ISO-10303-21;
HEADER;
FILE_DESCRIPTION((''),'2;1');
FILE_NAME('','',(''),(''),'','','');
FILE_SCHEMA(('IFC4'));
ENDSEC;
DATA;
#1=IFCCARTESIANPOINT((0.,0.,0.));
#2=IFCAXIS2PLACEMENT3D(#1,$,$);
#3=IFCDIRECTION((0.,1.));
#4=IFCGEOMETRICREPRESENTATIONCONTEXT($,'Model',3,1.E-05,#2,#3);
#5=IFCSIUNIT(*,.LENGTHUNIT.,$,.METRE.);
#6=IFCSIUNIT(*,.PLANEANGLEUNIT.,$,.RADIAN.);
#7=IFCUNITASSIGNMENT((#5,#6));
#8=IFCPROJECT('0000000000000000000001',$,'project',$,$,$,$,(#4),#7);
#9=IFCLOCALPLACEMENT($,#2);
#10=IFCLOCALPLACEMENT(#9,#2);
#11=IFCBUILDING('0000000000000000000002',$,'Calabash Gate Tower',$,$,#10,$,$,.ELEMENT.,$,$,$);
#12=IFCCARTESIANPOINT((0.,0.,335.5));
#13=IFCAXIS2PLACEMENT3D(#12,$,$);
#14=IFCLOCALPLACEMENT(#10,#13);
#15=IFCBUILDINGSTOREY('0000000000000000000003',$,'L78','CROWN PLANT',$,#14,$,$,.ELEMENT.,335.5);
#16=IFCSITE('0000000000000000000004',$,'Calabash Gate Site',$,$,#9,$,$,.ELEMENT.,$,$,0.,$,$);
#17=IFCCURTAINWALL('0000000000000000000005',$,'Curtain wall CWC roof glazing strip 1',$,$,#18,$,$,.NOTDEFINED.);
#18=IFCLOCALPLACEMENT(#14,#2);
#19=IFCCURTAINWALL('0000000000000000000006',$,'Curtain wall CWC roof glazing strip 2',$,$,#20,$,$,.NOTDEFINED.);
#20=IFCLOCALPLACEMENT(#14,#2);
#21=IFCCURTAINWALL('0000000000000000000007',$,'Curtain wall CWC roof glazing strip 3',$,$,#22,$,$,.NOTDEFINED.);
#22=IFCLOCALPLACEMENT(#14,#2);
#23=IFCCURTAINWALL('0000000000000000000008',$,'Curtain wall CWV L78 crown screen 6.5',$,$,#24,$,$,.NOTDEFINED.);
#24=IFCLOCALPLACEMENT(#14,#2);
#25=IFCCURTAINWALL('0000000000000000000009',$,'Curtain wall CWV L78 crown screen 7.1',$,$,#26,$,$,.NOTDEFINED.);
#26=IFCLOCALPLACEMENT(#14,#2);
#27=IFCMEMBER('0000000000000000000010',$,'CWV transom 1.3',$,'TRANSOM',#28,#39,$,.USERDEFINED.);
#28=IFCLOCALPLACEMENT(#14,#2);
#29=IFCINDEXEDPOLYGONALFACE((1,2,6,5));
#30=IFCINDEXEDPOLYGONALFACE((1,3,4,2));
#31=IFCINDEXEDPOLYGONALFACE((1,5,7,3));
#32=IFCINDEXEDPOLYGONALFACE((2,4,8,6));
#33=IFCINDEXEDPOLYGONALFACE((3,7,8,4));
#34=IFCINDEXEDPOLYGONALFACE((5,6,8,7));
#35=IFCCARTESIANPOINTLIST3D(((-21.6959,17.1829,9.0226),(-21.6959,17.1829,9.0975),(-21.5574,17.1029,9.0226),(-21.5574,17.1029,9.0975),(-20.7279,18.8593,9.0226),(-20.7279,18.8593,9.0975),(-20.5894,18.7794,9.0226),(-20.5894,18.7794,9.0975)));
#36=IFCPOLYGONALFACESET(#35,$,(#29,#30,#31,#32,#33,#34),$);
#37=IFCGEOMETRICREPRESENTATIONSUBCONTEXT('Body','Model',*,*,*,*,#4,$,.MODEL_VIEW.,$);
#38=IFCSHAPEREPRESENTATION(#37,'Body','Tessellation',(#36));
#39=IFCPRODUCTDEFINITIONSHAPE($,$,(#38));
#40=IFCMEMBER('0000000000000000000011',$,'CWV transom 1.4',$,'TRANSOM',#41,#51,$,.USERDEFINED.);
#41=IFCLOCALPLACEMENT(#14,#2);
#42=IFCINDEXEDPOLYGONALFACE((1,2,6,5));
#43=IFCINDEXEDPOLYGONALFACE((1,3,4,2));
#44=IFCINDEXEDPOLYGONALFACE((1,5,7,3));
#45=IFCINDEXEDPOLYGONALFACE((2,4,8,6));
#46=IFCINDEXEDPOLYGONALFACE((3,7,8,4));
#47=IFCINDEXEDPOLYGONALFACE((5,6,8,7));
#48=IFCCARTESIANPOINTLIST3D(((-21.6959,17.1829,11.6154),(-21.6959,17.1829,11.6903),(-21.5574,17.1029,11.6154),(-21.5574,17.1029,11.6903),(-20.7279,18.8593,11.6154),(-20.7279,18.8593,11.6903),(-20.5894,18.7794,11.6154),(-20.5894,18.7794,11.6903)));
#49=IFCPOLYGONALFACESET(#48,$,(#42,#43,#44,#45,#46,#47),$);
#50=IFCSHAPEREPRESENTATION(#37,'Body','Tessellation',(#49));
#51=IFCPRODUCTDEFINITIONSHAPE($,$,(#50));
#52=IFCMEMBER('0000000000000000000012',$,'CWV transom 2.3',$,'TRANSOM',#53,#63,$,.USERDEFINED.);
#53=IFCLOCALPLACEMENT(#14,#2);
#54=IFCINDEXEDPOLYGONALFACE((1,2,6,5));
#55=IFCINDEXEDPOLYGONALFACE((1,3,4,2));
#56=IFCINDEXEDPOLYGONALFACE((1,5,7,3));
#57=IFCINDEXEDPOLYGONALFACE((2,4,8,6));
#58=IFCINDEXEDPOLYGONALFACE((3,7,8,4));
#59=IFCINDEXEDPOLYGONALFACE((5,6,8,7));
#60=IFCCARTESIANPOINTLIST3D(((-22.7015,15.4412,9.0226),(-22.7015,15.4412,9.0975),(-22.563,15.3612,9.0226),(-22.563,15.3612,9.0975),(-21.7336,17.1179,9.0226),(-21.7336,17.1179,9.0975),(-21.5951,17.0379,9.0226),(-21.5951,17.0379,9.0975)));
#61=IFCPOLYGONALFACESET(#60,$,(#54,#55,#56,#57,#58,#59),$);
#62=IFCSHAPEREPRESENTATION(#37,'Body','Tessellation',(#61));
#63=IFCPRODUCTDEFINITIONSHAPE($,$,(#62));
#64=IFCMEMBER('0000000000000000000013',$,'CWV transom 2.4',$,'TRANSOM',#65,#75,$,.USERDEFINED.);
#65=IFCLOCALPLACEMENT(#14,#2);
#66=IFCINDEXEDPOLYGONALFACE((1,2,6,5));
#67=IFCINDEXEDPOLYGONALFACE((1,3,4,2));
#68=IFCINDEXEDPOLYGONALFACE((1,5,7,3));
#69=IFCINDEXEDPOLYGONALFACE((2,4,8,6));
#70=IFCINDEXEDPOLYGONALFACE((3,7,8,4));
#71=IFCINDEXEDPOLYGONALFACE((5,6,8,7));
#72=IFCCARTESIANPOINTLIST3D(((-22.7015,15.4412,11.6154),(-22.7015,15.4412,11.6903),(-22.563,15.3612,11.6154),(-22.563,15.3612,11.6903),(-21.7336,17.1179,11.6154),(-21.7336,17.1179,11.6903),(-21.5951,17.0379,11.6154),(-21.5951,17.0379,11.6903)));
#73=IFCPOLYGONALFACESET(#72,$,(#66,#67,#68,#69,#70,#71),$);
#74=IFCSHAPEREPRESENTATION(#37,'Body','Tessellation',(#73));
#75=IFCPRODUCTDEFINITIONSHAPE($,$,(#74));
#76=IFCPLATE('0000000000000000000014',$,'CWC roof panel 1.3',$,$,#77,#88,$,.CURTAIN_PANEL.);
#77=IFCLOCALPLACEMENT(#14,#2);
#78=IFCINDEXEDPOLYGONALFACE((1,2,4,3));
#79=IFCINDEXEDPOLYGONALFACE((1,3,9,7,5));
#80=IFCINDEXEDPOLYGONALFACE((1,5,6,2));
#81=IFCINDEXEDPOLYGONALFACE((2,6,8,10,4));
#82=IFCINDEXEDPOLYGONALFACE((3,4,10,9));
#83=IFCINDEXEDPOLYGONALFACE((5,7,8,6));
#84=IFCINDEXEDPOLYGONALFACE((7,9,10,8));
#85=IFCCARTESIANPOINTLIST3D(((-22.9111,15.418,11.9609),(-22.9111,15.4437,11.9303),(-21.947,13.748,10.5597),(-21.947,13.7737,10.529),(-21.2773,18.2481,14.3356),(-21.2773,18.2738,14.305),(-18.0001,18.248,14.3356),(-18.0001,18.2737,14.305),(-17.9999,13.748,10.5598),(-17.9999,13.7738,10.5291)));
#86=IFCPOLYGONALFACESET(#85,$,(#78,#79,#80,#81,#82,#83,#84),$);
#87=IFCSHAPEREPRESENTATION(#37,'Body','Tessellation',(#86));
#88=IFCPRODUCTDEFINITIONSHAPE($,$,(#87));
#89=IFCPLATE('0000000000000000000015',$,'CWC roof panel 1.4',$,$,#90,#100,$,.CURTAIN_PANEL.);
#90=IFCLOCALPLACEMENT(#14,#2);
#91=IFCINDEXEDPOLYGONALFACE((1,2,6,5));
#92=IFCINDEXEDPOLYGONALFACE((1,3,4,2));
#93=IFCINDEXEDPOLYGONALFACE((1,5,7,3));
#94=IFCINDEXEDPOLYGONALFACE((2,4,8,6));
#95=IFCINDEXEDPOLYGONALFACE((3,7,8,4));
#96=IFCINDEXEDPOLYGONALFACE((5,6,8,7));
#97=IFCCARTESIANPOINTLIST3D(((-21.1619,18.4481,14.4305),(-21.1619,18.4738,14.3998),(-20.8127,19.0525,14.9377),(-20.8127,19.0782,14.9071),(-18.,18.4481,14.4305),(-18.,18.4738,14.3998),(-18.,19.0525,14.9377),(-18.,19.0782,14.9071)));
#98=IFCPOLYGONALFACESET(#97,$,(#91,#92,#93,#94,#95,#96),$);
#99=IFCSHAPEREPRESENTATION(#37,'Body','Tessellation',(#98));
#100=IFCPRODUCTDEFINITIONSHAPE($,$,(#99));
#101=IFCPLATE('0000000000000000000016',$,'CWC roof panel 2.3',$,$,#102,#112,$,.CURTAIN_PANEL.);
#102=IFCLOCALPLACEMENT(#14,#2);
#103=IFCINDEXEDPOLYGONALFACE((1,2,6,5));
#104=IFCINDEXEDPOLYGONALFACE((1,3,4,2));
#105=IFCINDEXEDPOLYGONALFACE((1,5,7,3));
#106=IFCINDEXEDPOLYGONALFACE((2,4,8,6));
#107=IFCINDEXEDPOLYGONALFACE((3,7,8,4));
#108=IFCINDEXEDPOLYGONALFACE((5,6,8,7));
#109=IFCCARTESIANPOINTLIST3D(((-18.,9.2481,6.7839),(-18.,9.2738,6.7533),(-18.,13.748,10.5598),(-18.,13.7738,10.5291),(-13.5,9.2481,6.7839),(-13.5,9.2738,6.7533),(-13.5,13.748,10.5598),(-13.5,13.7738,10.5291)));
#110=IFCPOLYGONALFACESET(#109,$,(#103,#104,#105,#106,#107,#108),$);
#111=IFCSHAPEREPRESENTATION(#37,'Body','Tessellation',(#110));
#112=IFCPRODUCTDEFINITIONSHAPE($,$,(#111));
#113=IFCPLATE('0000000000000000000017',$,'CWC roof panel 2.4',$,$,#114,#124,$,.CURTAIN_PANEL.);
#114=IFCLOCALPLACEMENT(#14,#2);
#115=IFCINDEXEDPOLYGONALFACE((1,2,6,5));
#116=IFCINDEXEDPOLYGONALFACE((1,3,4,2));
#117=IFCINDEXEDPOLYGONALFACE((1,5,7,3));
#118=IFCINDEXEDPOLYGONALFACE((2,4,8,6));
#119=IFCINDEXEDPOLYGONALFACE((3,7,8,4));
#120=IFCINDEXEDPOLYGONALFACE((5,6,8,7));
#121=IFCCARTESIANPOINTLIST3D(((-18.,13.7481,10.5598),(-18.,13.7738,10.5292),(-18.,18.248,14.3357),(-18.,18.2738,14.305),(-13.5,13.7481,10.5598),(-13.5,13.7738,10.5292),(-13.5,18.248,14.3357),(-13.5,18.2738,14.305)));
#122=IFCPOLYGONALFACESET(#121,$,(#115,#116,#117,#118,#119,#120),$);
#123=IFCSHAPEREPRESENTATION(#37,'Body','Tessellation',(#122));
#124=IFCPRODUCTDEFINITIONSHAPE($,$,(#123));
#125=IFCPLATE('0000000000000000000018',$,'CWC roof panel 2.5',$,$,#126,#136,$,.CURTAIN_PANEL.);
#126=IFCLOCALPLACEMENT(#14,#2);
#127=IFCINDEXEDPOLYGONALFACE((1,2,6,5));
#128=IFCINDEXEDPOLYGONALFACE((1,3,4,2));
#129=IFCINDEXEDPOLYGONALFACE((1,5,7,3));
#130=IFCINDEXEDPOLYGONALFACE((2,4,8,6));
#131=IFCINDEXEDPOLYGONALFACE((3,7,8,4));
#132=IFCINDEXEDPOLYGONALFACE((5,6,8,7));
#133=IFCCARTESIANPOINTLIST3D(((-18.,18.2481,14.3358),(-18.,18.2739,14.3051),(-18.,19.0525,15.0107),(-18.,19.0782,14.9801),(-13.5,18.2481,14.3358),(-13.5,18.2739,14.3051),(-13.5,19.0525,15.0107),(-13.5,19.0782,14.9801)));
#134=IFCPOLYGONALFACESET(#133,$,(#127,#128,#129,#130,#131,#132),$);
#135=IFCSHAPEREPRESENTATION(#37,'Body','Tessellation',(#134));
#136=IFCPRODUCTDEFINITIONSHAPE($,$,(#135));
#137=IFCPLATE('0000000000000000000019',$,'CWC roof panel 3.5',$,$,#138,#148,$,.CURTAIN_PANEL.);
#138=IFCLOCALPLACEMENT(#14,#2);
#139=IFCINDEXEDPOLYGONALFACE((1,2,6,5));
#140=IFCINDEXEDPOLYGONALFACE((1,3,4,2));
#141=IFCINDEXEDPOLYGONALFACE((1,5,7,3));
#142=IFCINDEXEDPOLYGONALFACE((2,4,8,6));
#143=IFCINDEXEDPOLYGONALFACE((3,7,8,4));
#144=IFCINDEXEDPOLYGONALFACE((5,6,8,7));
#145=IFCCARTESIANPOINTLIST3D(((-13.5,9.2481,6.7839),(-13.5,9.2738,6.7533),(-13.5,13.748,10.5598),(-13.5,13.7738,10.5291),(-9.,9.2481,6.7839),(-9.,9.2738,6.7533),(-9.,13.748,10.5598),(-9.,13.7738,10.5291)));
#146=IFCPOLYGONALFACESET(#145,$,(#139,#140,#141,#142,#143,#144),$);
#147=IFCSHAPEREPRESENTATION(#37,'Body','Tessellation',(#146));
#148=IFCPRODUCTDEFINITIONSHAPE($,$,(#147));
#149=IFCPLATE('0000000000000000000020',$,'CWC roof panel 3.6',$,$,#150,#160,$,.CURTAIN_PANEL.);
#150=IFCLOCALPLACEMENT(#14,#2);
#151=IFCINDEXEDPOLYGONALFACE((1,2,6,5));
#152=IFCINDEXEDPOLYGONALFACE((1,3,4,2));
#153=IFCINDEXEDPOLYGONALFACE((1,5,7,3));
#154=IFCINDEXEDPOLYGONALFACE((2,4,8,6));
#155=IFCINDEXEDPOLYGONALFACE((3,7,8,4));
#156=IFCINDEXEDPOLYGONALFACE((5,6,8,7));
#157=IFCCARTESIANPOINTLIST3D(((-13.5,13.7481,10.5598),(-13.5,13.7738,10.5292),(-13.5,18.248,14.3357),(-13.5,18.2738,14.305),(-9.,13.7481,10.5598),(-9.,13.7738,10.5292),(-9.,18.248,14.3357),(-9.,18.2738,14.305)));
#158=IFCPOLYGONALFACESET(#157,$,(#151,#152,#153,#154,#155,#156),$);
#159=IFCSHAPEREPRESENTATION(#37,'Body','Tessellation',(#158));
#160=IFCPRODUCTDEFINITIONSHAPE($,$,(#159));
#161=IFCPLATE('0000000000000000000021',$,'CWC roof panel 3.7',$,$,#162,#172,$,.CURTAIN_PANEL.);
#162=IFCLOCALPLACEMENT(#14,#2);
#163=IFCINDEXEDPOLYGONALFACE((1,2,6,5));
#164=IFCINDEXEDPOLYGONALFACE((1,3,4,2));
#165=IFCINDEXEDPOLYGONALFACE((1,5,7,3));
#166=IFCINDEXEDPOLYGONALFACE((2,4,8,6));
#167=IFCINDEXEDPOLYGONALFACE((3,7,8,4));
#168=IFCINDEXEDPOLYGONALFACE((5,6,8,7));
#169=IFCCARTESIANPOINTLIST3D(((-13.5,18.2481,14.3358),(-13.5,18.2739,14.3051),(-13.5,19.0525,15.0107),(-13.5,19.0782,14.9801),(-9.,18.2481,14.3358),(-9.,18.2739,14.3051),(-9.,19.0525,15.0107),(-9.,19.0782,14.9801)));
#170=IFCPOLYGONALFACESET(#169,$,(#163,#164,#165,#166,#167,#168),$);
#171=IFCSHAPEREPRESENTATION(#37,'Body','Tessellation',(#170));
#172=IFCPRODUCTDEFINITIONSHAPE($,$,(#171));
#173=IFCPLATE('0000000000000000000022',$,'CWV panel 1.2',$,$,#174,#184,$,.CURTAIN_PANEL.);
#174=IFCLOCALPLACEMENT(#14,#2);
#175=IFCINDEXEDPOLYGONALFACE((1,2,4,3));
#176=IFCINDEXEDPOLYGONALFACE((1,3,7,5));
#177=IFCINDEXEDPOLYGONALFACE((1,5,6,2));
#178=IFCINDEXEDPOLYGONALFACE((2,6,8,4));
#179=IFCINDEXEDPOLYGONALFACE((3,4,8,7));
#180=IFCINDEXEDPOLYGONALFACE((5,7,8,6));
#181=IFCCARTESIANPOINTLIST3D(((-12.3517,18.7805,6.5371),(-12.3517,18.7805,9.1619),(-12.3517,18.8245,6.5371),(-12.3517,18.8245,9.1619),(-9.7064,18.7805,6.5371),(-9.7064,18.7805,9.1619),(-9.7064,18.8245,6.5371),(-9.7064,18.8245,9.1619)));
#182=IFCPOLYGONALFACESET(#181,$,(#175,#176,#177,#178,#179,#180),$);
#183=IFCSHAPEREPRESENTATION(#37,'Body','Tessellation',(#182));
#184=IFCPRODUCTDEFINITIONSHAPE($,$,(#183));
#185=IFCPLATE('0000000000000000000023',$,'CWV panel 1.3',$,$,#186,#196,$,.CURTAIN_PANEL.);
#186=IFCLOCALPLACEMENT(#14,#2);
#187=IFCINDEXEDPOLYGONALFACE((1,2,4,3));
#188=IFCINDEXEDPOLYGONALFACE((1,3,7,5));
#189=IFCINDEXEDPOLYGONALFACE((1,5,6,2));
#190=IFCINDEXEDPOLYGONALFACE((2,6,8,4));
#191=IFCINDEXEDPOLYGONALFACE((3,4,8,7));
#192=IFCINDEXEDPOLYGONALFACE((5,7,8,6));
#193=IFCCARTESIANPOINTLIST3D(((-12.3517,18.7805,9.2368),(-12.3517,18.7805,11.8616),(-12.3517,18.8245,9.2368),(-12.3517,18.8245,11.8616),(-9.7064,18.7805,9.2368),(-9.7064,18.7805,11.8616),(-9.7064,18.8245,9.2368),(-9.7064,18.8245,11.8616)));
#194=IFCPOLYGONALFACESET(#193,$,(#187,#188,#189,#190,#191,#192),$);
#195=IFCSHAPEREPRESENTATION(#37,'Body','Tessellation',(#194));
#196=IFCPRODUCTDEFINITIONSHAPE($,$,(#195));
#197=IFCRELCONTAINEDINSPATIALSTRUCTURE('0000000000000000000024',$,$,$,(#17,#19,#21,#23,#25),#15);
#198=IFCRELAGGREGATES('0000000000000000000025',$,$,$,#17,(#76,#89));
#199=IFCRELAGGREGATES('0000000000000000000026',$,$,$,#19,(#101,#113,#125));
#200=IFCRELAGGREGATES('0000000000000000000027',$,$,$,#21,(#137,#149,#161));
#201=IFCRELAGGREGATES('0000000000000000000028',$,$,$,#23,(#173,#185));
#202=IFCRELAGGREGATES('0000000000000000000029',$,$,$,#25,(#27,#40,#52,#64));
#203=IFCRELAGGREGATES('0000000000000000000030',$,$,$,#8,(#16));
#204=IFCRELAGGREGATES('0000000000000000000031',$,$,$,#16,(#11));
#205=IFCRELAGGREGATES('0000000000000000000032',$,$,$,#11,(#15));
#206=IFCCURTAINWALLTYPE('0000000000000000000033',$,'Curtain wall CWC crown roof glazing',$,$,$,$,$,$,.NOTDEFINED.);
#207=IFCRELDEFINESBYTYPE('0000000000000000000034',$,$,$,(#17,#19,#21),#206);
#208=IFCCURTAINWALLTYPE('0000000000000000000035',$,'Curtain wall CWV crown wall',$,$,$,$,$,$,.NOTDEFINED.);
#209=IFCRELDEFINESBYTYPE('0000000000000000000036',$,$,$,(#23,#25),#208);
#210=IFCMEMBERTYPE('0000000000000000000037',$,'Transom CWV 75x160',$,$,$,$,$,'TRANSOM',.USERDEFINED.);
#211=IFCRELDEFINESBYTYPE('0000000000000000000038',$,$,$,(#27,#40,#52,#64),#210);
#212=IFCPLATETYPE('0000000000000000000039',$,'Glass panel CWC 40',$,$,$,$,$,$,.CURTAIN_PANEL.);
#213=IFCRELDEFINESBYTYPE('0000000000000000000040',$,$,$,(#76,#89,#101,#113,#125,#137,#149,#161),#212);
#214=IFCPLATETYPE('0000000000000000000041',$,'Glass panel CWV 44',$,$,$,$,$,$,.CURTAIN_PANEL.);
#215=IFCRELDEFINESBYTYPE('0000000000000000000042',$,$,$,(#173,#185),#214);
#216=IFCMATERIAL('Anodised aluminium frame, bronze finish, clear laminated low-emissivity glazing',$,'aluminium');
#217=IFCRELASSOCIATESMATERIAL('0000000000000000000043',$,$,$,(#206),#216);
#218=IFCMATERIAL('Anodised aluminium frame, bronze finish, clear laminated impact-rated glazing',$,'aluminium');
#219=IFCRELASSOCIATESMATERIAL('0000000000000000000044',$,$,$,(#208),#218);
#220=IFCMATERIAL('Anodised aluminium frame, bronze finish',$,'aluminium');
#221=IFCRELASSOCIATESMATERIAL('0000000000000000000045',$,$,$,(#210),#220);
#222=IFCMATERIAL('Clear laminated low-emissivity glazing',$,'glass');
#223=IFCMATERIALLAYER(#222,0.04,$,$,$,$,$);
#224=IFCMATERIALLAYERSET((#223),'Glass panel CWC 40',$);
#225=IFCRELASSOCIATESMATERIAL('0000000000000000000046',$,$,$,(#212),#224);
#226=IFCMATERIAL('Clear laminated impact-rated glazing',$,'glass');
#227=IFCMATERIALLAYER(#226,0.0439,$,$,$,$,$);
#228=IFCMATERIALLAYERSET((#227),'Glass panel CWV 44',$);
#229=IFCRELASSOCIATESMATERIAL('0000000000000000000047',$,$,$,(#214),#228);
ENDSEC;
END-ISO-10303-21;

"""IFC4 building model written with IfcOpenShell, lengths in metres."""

from ifc_helpers import new_model, si_unit, direction, frame, origin, origin_2d, place, context, subcontext, project, spatial, polyline, rectangle, outline, extrude, material, layer, layer_set, material_profile, profile_set, type_object, element, aggregate, save


model = new_model("IFC4")

# Units and contexts
model_context = context("Model", 3, precision=1e-05, world=origin(), true_north=direction((0.0, 1.0)))
body_context = subcontext(model_context, "Body", "Model", "MODEL_VIEW")
ifc_project = project(units=[si_unit("LENGTHUNIT", "METRE"), si_unit("PLANEANGLEUNIT", "RADIAN")], contexts=[model_context])

# Site, building, storey
site_placement = place(None, origin())
site = spatial("IfcSite", under=ifc_project, at=site_placement, Name="Calabash Gate Site", CompositionType="ELEMENT", RefElevation=0.0)
building_placement = place(site_placement, origin())
building = spatial("IfcBuilding", under=site, at=building_placement, Name="Calabash Gate Tower", CompositionType="ELEMENT")
storey_placement = place(building_placement, frame((0.0, 0.0, 335.5)))
storey = spatial("IfcBuildingStorey", under=building, at=storey_placement, Name="L78", Description="CROWN PLANT", CompositionType="ELEMENT", Elevation=335.5)

# Curtain walls, members
ifc_material_1 = material(Name="Anodised aluminium frame, bronze finish, clear laminated low-emissivity glazing", Category="aluminium")
curtain_wall_type_1 = type_object("IfcCurtainWallType", Name="Curtain wall CWC crown roof glazing", PredefinedType="NOTDEFINED", material=ifc_material_1)
curtain_wall_1_placement = place(storey_placement, origin())
curtain_wall_1 = element("IfcCurtainWall", 1, at=curtain_wall_1_placement, inside=storey, type_object=curtain_wall_type_1, Name="Curtain wall CWC roof glazing strip 1", PredefinedType="NOTDEFINED")
curtain_wall_2_placement = place(storey_placement, origin())
curtain_wall_2 = element("IfcCurtainWall", 2, at=curtain_wall_2_placement, inside=storey, type_object=curtain_wall_type_1, Name="Curtain wall CWC roof glazing strip 2", PredefinedType="NOTDEFINED")
curtain_wall_3_placement = place(storey_placement, origin())
curtain_wall_3 = element("IfcCurtainWall", 3, at=curtain_wall_3_placement, inside=storey, type_object=curtain_wall_type_1, Name="Curtain wall CWC roof glazing strip 3", PredefinedType="NOTDEFINED")
ifc_material_2 = material(Name="Anodised aluminium frame, bronze finish, clear laminated impact-rated glazing", Category="aluminium")
curtain_wall_type_2 = type_object("IfcCurtainWallType", Name="Curtain wall CWV crown wall", PredefinedType="NOTDEFINED", material=ifc_material_2)
curtain_wall_4_placement = place(storey_placement, origin())
curtain_wall_4 = element("IfcCurtainWall", 4, at=curtain_wall_4_placement, inside=storey, type_object=curtain_wall_type_2, Name="Curtain wall CWV L78 crown screen 6.5", PredefinedType="NOTDEFINED")
ifc_material_3 = material(Name="Anodised aluminium frame, bronze finish", Category="aluminium")
ifc_material_profile_1 = material_profile(ifc_material_3, rectangle(XDim=0.1599, YDim=0.075, at=origin_2d()))
ifc_profile_set_1 = profile_set([ifc_material_profile_1], Name="Anodised aluminium frame, bronze finish")
member_type_1 = type_object("IfcMemberType", Name="Transom CWV 75x160", ElementType="TRANSOM", PredefinedType="USERDEFINED", material=ifc_profile_set_1)
curtain_wall_5_placement = place(storey_placement, origin())
curtain_wall_5 = element("IfcCurtainWall", 5, at=curtain_wall_5_placement, inside=storey, type_object=curtain_wall_type_2, Name="Curtain wall CWV L78 crown screen 7.1", PredefinedType="NOTDEFINED")
member_1_placement = place(storey_placement, frame((-20.6587, 18.8193, 9.0601), z_axis=(-0.500032, -0.866007, 0.0), x_axis=(0.866007, -0.500032, 0.0)))
member_1 = element("IfcMember", 6, at=member_1_placement, type_object=member_type_1, Name="CWV transom 1.3", ObjectType="TRANSOM", PredefinedType="USERDEFINED", context=body_context, shape_type="SweptSolid", body=[
    extrude(rectangle(XDim=0.1599, YDim=0.075, at=origin_2d()), origin(), (0.0, 0.0, 1.0), 1.9358),
])
member_2_placement = place(storey_placement, frame((-20.6587, 18.8193, 11.6528), z_axis=(-0.500032, -0.866007, 0.0), x_axis=(0.866007, -0.500032, 0.0)))
member_2 = element("IfcMember", 7, at=member_2_placement, type_object=member_type_1, Name="CWV transom 1.4", ObjectType="TRANSOM", PredefinedType="USERDEFINED", context=body_context, shape_type="SweptSolid", body=[
    extrude(rectangle(XDim=0.1599, YDim=0.075, at=origin_2d()), origin(), (0.0, 0.0, 1.0), 1.9358),
])
member_3_placement = place(storey_placement, frame((-21.6643, 17.0779, 9.0601), z_axis=(-0.499977, -0.866039, 0.0), x_axis=(0.866039, -0.499977, 0.0)))
member_3 = element("IfcMember", 8, at=member_3_placement, type_object=member_type_1, Name="CWV transom 2.3", ObjectType="TRANSOM", PredefinedType="USERDEFINED", context=body_context, shape_type="SweptSolid", body=[
    extrude(rectangle(XDim=0.1599, YDim=0.075, at=origin_2d()), origin(), (0.0, 0.0, 1.0), 1.936),
])
member_4_placement = place(storey_placement, frame((-21.6643, 17.0779, 11.6528), z_axis=(-0.499977, -0.866039, 0.0), x_axis=(0.866039, -0.499977, 0.0)))
member_4 = element("IfcMember", 9, at=member_4_placement, type_object=member_type_1, Name="CWV transom 2.4", ObjectType="TRANSOM", PredefinedType="USERDEFINED", context=body_context, shape_type="SweptSolid", body=[
    extrude(rectangle(XDim=0.1599, YDim=0.075, at=origin_2d()), origin(), (0.0, 0.0, 1.0), 1.936),
])

# Plates
ifc_material_4 = material(Name="Clear laminated low-emissivity glazing", Category="glass")
ifc_layer_1 = layer(ifc_material_4, 0.04)
ifc_layer_set_1 = layer_set([ifc_layer_1], Name="Glass panel CWC 40")
plate_type_1 = type_object("IfcPlateType", Name="Glass panel CWC 40", PredefinedType="CURTAIN_PANEL", material=ifc_layer_set_1)
plate_1_placement = place(storey_placement, frame((-22.9111, 15.418, 11.9609), z_axis=(-0.000007, -0.64278, 0.766051), x_axis=(0.404447, 0.700599, 0.587864)))
plate_1 = element("IfcPlate", 10, at=plate_1_placement, type_object=plate_type_1, Name="CWC roof panel 1.3", PredefinedType="CURTAIN_PANEL", context=body_context, shape_type="SweptSolid", body=[
    extrude(outline(polyline([(0.0, 0.0), (4.0396, 0.0), (5.365, -2.9973), (-0.0073, -5.3733), (-1.6038, -1.7634), (0.0, 0.0)])), origin(), (0.0, 0.0, -1.0), 0.04),
])
plate_2_placement = place(storey_placement, frame((-18.0, 19.0525, 14.9377), z_axis=(0.0, -0.642858, 0.765985), x_axis=(0.0, -0.765985, -0.642858)))
plate_2 = element("IfcPlate", 11, at=plate_2_placement, type_object=plate_type_1, Name="CWC roof panel 1.4", PredefinedType="CURTAIN_PANEL", context=body_context, shape_type="SweptSolid", body=[
    extrude(outline(polyline([(0.0, 0.0), (0.7891, 0.0), (0.7891, -3.1619), (0.0, -2.8127), (0.0, 0.0)])), origin(), (0.0, 0.0, -1.0), 0.04),
])
aggregate(curtain_wall_1, [plate_1, plate_2])
plate_3_placement = place(storey_placement, frame((-18.0, 13.748, 10.5598), z_axis=(0.0, -0.642781, 0.76605), x_axis=(1.0, 0.0, 0.0)))
plate_3 = element("IfcPlate", 12, at=plate_3_placement, type_object=plate_type_1, Name="CWC roof panel 2.3", PredefinedType="CURTAIN_PANEL", context=body_context, shape_type="SweptSolid", body=[
    extrude(outline(polyline([(0.0, 0.0), (4.5, 0.0), (4.5, -5.8743), (0.0, -5.8743), (0.0, 0.0)])), origin(), (0.0, 0.0, -1.0), 0.04),
])
plate_4_placement = place(storey_placement, frame((-18.0, 18.248, 14.3357), z_axis=(0.0, -0.642781, 0.76605), x_axis=(1.0, 0.0, 0.0)))
plate_4 = element("IfcPlate", 13, at=plate_4_placement, type_object=plate_type_1, Name="CWC roof panel 2.4", PredefinedType="CURTAIN_PANEL", context=body_context, shape_type="SweptSolid", body=[
    extrude(outline(polyline([(0.0, 0.0), (4.5, 0.0), (4.5, -5.8743), (0.0, -5.8743), (0.0, 0.0)])), origin(), (0.0, 0.0, -1.0), 0.04),
])
plate_5_placement = place(storey_placement, frame((-18.0, 19.0525, 15.0107), z_axis=(0.0, -0.64281, 0.766025), x_axis=(1.0, 0.0, 0.0)))
plate_5 = element("IfcPlate", 14, at=plate_5_placement, type_object=plate_type_1, Name="CWC roof panel 2.5", PredefinedType="CURTAIN_PANEL", context=body_context, shape_type="SweptSolid", body=[
    extrude(outline(polyline([(0.0, 0.0), (4.5, 0.0), (4.5, -1.05), (0.0, -1.05), (0.0, 0.0)])), origin(), (0.0, 0.0, -1.0), 0.04),
])
aggregate(curtain_wall_2, [plate_3, plate_4, plate_5])
plate_6_placement = place(storey_placement, frame((-13.5, 13.748, 10.5598), z_axis=(0.0, -0.642781, 0.76605), x_axis=(1.0, 0.0, 0.0)))
plate_6 = element("IfcPlate", 15, at=plate_6_placement, type_object=plate_type_1, Name="CWC roof panel 3.5", PredefinedType="CURTAIN_PANEL", context=body_context, shape_type="SweptSolid", body=[
    extrude(outline(polyline([(0.0, 0.0), (4.5, 0.0), (4.5, -5.8743), (0.0, -5.8743), (0.0, 0.0)])), origin(), (0.0, 0.0, -1.0), 0.04),
])
plate_7_placement = place(storey_placement, frame((-13.5, 18.248, 14.3357), z_axis=(0.0, -0.642781, 0.76605), x_axis=(1.0, 0.0, 0.0)))
plate_7 = element("IfcPlate", 16, at=plate_7_placement, type_object=plate_type_1, Name="CWC roof panel 3.6", PredefinedType="CURTAIN_PANEL", context=body_context, shape_type="SweptSolid", body=[
    extrude(outline(polyline([(0.0, 0.0), (4.5, 0.0), (4.5, -5.8743), (0.0, -5.8743), (0.0, 0.0)])), origin(), (0.0, 0.0, -1.0), 0.04),
])
plate_8_placement = place(storey_placement, frame((-13.5, 19.0525, 15.0107), z_axis=(0.0, -0.64281, 0.766025), x_axis=(1.0, 0.0, 0.0)))
plate_8 = element("IfcPlate", 17, at=plate_8_placement, type_object=plate_type_1, Name="CWC roof panel 3.7", PredefinedType="CURTAIN_PANEL", context=body_context, shape_type="SweptSolid", body=[
    extrude(outline(polyline([(0.0, 0.0), (4.5, 0.0), (4.5, -1.05), (0.0, -1.05), (0.0, 0.0)])), origin(), (0.0, 0.0, -1.0), 0.04),
])
aggregate(curtain_wall_3, [plate_6, plate_7, plate_8])
ifc_material_5 = material(Name="Clear laminated impact-rated glazing", Category="glass")
ifc_layer_2 = layer(ifc_material_5, 0.0439)
ifc_layer_set_2 = layer_set([ifc_layer_2], Name="Glass panel CWV 44")
plate_type_2 = type_object("IfcPlateType", Name="Glass panel CWV 44", PredefinedType="CURTAIN_PANEL", material=ifc_layer_set_2)
plate_9_placement = place(storey_placement, frame((-11.0291, 18.8025, 6.5371), z_axis=(0.0, 0.0, 1.0), x_axis=(-1.0, 0.0, 0.0)))
plate_9 = element("IfcPlate", 18, at=plate_9_placement, type_object=plate_type_2, Name="CWV panel 1.2", PredefinedType="CURTAIN_PANEL", context=body_context, shape_type="SweptSolid", body=[
    extrude(rectangle(XDim=2.6453, YDim=0.0439, at=origin_2d()), origin(), (0.0, 0.0, 1.0), 2.6248),
])
plate_10_placement = place(storey_placement, frame((-11.0291, 18.8025, 9.2368), z_axis=(0.0, 0.0, 1.0), x_axis=(-1.0, 0.0, 0.0)))
plate_10 = element("IfcPlate", 19, at=plate_10_placement, type_object=plate_type_2, Name="CWV panel 1.3", PredefinedType="CURTAIN_PANEL", context=body_context, shape_type="SweptSolid", body=[
    extrude(rectangle(XDim=2.6453, YDim=0.0439, at=origin_2d()), origin(), (0.0, 0.0, 1.0), 2.6248),
])
aggregate(curtain_wall_4, [plate_9, plate_10])
aggregate(curtain_wall_5, [member_1, member_2, member_3, member_4])

save(model, "model.ifc")
